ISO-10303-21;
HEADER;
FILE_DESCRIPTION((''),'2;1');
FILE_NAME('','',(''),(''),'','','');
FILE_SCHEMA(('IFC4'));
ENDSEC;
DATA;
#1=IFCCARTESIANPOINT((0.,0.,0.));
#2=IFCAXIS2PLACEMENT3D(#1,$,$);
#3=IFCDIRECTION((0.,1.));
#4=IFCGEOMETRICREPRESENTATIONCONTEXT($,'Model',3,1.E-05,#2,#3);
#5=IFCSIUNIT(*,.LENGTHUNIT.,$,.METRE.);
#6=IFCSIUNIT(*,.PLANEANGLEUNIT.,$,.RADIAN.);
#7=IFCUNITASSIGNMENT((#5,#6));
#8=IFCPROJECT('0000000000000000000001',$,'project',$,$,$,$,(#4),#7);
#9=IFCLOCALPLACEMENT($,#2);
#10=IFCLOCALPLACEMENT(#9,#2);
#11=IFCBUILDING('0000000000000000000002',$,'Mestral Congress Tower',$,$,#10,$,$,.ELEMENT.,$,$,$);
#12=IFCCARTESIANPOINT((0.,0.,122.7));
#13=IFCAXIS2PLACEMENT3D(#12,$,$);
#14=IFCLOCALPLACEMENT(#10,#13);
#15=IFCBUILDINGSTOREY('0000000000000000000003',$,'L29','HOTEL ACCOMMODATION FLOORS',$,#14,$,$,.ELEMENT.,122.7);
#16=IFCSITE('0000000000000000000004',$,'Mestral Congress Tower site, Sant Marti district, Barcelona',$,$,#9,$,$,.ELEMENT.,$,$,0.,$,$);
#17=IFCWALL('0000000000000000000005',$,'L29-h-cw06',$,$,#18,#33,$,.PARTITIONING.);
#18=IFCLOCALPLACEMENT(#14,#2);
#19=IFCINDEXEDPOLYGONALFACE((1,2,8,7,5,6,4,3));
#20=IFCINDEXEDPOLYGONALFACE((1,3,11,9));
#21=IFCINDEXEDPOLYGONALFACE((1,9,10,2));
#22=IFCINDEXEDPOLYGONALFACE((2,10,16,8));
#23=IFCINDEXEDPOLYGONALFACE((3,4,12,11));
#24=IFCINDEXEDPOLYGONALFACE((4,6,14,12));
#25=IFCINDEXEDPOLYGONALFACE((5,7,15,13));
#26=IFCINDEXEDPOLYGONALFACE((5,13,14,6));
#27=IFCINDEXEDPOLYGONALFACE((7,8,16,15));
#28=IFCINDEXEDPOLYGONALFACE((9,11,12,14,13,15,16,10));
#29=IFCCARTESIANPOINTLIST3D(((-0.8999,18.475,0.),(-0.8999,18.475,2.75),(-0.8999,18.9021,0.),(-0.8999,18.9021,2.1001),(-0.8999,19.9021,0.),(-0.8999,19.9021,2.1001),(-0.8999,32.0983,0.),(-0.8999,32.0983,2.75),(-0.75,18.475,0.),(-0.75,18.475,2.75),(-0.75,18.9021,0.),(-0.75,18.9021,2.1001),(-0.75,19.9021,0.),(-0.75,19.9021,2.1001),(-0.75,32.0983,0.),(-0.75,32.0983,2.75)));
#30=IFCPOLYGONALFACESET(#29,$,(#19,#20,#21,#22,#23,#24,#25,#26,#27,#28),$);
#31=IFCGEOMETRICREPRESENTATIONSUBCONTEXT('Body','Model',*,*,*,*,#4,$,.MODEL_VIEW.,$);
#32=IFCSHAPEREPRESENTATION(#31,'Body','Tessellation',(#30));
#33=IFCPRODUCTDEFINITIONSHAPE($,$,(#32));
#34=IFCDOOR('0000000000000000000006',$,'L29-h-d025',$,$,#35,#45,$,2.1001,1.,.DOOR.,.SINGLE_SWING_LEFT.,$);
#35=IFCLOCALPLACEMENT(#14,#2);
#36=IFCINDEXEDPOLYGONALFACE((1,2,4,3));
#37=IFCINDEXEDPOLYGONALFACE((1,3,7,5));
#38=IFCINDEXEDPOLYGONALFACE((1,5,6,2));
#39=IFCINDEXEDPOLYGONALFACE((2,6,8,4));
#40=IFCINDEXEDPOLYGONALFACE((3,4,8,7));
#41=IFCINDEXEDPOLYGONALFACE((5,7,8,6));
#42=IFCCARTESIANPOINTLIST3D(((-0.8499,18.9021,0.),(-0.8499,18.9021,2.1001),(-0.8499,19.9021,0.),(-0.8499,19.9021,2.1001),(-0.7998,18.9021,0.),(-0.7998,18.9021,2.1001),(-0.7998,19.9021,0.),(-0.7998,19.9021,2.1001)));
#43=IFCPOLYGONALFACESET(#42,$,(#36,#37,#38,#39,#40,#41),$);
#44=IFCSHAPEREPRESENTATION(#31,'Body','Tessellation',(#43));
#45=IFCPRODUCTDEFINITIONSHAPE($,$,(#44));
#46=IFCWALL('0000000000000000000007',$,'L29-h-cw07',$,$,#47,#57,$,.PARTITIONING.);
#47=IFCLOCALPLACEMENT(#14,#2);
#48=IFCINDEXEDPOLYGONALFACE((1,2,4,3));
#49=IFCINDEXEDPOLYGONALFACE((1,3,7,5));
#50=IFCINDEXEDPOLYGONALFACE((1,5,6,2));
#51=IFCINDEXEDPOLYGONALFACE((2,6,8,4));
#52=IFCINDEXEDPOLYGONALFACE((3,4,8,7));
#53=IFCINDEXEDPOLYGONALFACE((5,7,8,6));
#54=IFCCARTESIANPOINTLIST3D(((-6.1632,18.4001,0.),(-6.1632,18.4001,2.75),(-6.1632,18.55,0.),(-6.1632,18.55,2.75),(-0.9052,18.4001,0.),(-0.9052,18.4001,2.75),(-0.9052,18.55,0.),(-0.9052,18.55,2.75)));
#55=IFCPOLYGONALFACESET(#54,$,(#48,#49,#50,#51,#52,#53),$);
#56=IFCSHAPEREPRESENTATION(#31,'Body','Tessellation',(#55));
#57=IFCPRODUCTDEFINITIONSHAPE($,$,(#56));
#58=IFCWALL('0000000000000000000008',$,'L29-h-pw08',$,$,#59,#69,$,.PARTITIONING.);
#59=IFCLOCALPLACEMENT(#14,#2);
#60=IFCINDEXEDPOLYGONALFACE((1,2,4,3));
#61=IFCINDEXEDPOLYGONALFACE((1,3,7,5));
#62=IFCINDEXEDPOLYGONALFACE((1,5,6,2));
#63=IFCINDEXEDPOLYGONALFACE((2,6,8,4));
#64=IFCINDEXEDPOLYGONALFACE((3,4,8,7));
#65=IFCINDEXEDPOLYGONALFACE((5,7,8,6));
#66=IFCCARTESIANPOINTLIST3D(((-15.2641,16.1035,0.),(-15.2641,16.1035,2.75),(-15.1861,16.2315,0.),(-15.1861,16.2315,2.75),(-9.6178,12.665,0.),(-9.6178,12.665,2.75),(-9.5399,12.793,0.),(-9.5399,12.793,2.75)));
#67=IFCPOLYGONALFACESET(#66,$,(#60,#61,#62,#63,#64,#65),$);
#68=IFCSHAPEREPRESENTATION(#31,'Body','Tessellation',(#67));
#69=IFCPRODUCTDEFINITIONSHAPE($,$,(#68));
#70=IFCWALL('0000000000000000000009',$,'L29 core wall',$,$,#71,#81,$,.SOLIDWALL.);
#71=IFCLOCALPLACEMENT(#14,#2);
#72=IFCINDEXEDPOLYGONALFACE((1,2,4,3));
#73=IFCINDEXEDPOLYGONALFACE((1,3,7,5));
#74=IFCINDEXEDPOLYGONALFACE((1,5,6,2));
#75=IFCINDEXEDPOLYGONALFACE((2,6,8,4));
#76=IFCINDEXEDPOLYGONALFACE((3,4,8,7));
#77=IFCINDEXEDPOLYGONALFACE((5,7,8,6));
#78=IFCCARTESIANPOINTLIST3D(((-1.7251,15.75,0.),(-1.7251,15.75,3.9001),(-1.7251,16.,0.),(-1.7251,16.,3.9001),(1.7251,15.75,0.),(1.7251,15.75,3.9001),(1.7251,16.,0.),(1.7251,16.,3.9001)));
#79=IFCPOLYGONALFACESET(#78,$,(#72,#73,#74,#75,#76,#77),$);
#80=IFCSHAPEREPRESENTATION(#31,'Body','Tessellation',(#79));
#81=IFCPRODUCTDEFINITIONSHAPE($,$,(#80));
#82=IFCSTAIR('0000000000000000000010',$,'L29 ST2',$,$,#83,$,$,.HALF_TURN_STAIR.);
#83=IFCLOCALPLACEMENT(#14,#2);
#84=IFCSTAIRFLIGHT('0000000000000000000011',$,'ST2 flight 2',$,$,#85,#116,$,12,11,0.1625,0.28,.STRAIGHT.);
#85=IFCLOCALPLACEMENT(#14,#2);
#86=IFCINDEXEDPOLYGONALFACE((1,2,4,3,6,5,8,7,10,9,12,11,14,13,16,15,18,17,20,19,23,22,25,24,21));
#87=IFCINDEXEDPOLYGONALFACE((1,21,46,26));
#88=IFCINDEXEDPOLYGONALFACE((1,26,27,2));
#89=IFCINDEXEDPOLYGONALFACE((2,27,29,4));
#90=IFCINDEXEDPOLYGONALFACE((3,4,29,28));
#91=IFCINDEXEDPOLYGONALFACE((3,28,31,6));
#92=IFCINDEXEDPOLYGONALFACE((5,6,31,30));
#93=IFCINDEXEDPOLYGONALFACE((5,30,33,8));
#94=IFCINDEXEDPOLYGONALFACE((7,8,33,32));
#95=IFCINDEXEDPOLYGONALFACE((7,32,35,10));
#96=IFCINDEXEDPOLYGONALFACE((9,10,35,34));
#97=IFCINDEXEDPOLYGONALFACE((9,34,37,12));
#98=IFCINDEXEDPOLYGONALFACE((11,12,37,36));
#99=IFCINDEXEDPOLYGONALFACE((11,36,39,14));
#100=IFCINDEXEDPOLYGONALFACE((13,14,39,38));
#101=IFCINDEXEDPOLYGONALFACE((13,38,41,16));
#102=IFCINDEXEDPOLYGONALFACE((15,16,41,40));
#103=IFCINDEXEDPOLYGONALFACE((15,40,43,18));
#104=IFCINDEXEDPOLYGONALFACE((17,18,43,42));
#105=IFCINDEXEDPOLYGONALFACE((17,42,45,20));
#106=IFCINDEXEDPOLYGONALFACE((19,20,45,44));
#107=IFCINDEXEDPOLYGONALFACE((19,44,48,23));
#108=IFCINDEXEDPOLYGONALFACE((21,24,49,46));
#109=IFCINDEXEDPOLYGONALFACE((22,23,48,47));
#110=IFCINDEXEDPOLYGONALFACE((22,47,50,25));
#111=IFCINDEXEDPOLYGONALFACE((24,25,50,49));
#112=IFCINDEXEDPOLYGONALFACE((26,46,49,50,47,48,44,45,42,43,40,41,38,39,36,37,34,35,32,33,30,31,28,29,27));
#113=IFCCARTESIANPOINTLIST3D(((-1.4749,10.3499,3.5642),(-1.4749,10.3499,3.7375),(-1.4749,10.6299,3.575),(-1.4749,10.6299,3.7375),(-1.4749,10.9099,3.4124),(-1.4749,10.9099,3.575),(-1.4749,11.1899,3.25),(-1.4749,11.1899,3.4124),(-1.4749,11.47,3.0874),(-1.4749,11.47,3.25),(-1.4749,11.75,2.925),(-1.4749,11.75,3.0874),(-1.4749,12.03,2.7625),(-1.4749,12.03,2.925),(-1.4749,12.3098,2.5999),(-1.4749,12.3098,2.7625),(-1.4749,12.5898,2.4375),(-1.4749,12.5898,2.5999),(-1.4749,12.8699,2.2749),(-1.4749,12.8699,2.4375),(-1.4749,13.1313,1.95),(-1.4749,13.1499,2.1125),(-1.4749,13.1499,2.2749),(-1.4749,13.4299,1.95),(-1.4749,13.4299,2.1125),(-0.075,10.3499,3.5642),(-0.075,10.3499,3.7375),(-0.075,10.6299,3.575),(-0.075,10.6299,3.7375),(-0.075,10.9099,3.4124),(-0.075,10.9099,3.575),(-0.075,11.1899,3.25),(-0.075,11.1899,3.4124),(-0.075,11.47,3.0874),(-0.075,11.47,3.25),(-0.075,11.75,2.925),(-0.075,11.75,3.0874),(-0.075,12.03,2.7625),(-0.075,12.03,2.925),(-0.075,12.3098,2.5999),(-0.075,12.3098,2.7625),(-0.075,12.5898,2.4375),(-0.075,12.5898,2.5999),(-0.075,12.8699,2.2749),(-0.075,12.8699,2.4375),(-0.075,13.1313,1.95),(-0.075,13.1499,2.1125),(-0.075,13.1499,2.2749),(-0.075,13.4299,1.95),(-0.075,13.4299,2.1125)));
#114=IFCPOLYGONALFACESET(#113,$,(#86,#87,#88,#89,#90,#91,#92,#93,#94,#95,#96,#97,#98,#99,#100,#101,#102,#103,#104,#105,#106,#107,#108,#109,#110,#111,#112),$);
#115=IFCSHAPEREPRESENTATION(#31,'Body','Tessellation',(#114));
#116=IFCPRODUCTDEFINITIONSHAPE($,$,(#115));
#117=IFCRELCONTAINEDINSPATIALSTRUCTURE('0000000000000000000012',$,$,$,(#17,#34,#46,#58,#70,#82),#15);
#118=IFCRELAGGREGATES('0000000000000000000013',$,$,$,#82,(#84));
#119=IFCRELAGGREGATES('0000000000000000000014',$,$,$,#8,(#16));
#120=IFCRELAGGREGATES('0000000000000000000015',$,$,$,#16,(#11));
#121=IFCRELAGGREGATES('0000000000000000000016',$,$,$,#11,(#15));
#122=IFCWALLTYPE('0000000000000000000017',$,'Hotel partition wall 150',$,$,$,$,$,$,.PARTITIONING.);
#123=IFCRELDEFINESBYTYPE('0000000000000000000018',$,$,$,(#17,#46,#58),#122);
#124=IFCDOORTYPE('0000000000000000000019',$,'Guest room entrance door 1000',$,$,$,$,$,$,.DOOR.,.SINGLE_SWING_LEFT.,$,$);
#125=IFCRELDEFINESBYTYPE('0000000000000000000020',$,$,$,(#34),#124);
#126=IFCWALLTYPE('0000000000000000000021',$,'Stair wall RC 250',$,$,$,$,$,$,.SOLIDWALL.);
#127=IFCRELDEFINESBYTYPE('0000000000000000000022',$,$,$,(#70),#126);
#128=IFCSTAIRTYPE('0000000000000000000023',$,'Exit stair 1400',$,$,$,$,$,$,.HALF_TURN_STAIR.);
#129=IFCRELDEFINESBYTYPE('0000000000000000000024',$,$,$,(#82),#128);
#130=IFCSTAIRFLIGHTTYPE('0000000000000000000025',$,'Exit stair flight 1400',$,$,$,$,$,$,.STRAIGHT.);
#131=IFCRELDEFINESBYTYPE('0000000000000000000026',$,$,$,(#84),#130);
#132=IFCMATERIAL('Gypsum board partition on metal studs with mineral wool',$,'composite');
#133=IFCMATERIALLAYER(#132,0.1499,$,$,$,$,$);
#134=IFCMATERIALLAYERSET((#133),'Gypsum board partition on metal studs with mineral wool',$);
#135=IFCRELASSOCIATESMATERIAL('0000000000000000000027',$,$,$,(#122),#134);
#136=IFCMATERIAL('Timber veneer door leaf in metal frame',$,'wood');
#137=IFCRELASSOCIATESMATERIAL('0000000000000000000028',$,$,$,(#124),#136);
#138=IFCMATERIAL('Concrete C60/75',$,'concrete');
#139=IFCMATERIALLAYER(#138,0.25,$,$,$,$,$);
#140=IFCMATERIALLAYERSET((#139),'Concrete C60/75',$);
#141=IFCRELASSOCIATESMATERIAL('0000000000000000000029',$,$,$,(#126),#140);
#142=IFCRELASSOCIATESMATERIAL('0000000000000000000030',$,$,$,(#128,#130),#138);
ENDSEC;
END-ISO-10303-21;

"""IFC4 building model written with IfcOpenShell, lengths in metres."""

from ifc_helpers import new_model, si_unit, direction, frame, frame_2d, origin, place, context, subcontext, project, spatial, polyline, rectangle, outline, extrude, material, layer, layer_set, type_object, element, fill, aggregate, save


model = new_model("IFC4")

# Units and contexts
model_context = context("Model", 3, precision=1e-05, world=origin(), true_north=direction((0.0, 1.0)))
body_context = subcontext(model_context, "Body", "Model", "MODEL_VIEW")
ifc_project = project(units=[si_unit("LENGTHUNIT", "METRE"), si_unit("PLANEANGLEUNIT", "RADIAN")], contexts=[model_context])

# Site, building, storey
site_placement = place(None, origin())
site = spatial("IfcSite", under=ifc_project, at=site_placement, Name="Mestral Congress Tower site, Sant Marti district, Barcelona", CompositionType="ELEMENT", RefElevation=0.0)
building_placement = place(site_placement, origin())
building = spatial("IfcBuilding", under=site, at=building_placement, Name="Mestral Congress Tower", CompositionType="ELEMENT")
storey_placement = place(building_placement, frame((0.0, 0.0, 122.7)))
storey = spatial("IfcBuildingStorey", under=building, at=storey_placement, Name="L29", Description="HOTEL ACCOMMODATION FLOORS", CompositionType="ELEMENT", Elevation=122.7)

# Shared definitions
ifc_material_1 = material(Name="Concrete C60/75", Category="concrete")

# Shared definitions
ifc_material_2 = material(Name="Gypsum board partition on metal studs with mineral wool", Category="composite")

# Wall, opening, door
ifc_layer_1 = layer(ifc_material_2, 0.1499)
ifc_layer_set_1 = layer_set([ifc_layer_1], Name="Gypsum board partition on metal studs with mineral wool")
wall_type_1 = type_object("IfcWallType", Name="Hotel partition wall 150", PredefinedType="PARTITIONING", material=ifc_layer_set_1)
wall_1_placement = place(storey_placement, frame((-0.825, 18.4751, 0.0), z_axis=(0.0, 0.0, 1.0), x_axis=(0.0, 1.0, 0.0)))
wall_1 = element("IfcWall", 1, at=wall_1_placement, inside=storey, type_object=wall_type_1, Name="L29-h-cw06", PredefinedType="PARTITIONING", context=body_context, shape_type="SweptSolid", body=[
    extrude(rectangle(XDim=13.6233, YDim=0.1499, at=frame_2d((6.8115, 0.0))), origin(), (0.0, 0.0, 1.0), 2.75),
])
opening_1_placement = place(wall_1_placement, frame((0.427, 0.0, 0.0)))
opening_1 = element("IfcOpeningElement", 2, at=opening_1_placement, cuts=wall_1, PredefinedType="OPENING", context=body_context, shape_type="SweptSolid", body=[
    extrude(rectangle(XDim=1.0, YDim=2.1001, at=frame_2d((0.5, 1.05))), frame((0.0, 0.085, 0.0), z_axis=(0.0, -1.0, 0.0), x_axis=(1.0, 0.0, 0.0)), (0.0, 0.0, 1.0), 0.1699),
])
ifc_material_3 = material(Name="Timber veneer door leaf in metal frame", Category="wood")
door_type_1 = type_object("IfcDoorType", Name="Guest room entrance door 1000", OperationType="SINGLE_SWING_LEFT", PredefinedType="DOOR", material=ifc_material_3)
door_1_placement = place(opening_1_placement, origin())
door_1 = element("IfcDoor", 3, at=door_1_placement, inside=storey, type_object=door_type_1, Name="L29-h-d025", OperationType="SINGLE_SWING_LEFT", OverallHeight=2.1001, OverallWidth=1.0, PredefinedType="DOOR", context=body_context, shape_type="SweptSolid", body=[
    extrude(rectangle(XDim=1.0, YDim=2.1001, at=frame_2d((0.5, 1.05))), frame((0.0, 0.0249, 0.0), z_axis=(0.0, -1.0, 0.0), x_axis=(1.0, 0.0, 0.0)), (0.0, 0.0, 1.0), 0.05),
])
fill(opening_1, door_1)

# Walls
wall_2_placement = place(storey_placement, frame((-6.1631, 18.4751, 0.0), z_axis=(0.0, 0.0, 1.0), x_axis=(1.0, 0.0, 0.0)))
element("IfcWall", 4, at=wall_2_placement, inside=storey, type_object=wall_type_1, Name="L29-h-cw07", PredefinedType="PARTITIONING", context=body_context, shape_type="SweptSolid", body=[
    extrude(rectangle(XDim=5.2581, YDim=0.1499, at=frame_2d((2.6289, 0.0))), origin(), (0.0, 0.0, 1.0), 2.75),
])
wall_3_placement = place(storey_placement, frame((-15.2251, 16.1675, 0.0), z_axis=(0.0, 0.0, 1.0), x_axis=(0.854089, -0.520127, 0.0)))
element("IfcWall", 5, at=wall_3_placement, inside=storey, type_object=wall_type_1, Name="L29-h-pw08", PredefinedType="PARTITIONING", context=body_context, shape_type="SweptSolid", body=[
    extrude(rectangle(XDim=6.6108, YDim=0.1499, at=frame_2d((3.3054, 0.0))), origin(), (0.0, 0.0, 1.0), 2.75),
])
ifc_layer_2 = layer(ifc_material_1, 0.25)
ifc_layer_set_2 = layer_set([ifc_layer_2], Name="Concrete C60/75")
wall_type_2 = type_object("IfcWallType", Name="Stair wall RC 250", PredefinedType="SOLIDWALL", material=ifc_layer_set_2)
wall_4_placement = place(storey_placement, frame((-1.7251, 15.875, 0.0), z_axis=(0.0, 0.0, 1.0), x_axis=(1.0, 0.0, 0.0)))
element("IfcWall", 6, at=wall_4_placement, inside=storey, type_object=wall_type_2, Name="L29 core wall", PredefinedType="SOLIDWALL", context=body_context, shape_type="SweptSolid", body=[
    extrude(rectangle(XDim=3.4502, YDim=0.25, at=frame_2d((1.7251, 0.0))), origin(), (0.0, 0.0, 1.0), 3.9001),
])

# Stair, stair flight
stair_type = type_object("IfcStairType", Name="Exit stair 1400", PredefinedType="HALF_TURN_STAIR", material=ifc_material_1)
stair_placement = place(storey_placement, origin())
stair = element("IfcStair", 7, at=stair_placement, inside=storey, type_object=stair_type, Name="L29 ST2", PredefinedType="HALF_TURN_STAIR")
stair_flight_type = type_object("IfcStairFlightType", Name="Exit stair flight 1400", PredefinedType="STRAIGHT", material=ifc_material_1)
stair_flight_placement = place(storey_placement, frame((-0.7749, 13.4299, 1.95), z_axis=(0.0, 0.0, 1.0), x_axis=(0.0, -1.0, 0.0)))
stair_flight = element("IfcStairFlight", 8, at=stair_flight_placement, type_object=stair_flight_type, Name="ST2 flight 2", NumberOfRisers=12, NumberOfTreads=11, PredefinedType="STRAIGHT", RiserHeight=0.1625, TreadLength=0.28, context=body_context, shape_type="SweptSolid", body=[
    extrude(outline(polyline([(0.0, 0.0), (0.0, 0.1626), (0.28, 0.1626), (0.28, 0.325), (0.5601, 0.325), (0.5601, 0.4875), (0.8401, 0.4875), (0.8401, 0.6499), (1.1201, 0.6499), (1.1201, 0.8125), (1.3999, 0.8125), (1.3999, 0.9751), (1.6799, 0.9751), (1.6799, 1.1375), (1.96, 1.1375), (1.96, 1.3), (2.24, 1.3), (2.24, 1.4624), (2.52, 1.4624), (2.52, 1.625), (2.8, 1.625), (2.8, 1.7876), (3.0801, 1.7876), (3.0801, 1.95), (3.0801, 1.6143), (0.2986, 0.0), (0.0, 0.0)])), frame((0.0, 0.7, 0.0), z_axis=(0.0, -1.0, 0.0), x_axis=(1.0, 0.0, 0.0)), (0.0, 0.0, 1.0), 1.3999),
])
aggregate(stair, [stair_flight])

save(model, "model.ifc")
